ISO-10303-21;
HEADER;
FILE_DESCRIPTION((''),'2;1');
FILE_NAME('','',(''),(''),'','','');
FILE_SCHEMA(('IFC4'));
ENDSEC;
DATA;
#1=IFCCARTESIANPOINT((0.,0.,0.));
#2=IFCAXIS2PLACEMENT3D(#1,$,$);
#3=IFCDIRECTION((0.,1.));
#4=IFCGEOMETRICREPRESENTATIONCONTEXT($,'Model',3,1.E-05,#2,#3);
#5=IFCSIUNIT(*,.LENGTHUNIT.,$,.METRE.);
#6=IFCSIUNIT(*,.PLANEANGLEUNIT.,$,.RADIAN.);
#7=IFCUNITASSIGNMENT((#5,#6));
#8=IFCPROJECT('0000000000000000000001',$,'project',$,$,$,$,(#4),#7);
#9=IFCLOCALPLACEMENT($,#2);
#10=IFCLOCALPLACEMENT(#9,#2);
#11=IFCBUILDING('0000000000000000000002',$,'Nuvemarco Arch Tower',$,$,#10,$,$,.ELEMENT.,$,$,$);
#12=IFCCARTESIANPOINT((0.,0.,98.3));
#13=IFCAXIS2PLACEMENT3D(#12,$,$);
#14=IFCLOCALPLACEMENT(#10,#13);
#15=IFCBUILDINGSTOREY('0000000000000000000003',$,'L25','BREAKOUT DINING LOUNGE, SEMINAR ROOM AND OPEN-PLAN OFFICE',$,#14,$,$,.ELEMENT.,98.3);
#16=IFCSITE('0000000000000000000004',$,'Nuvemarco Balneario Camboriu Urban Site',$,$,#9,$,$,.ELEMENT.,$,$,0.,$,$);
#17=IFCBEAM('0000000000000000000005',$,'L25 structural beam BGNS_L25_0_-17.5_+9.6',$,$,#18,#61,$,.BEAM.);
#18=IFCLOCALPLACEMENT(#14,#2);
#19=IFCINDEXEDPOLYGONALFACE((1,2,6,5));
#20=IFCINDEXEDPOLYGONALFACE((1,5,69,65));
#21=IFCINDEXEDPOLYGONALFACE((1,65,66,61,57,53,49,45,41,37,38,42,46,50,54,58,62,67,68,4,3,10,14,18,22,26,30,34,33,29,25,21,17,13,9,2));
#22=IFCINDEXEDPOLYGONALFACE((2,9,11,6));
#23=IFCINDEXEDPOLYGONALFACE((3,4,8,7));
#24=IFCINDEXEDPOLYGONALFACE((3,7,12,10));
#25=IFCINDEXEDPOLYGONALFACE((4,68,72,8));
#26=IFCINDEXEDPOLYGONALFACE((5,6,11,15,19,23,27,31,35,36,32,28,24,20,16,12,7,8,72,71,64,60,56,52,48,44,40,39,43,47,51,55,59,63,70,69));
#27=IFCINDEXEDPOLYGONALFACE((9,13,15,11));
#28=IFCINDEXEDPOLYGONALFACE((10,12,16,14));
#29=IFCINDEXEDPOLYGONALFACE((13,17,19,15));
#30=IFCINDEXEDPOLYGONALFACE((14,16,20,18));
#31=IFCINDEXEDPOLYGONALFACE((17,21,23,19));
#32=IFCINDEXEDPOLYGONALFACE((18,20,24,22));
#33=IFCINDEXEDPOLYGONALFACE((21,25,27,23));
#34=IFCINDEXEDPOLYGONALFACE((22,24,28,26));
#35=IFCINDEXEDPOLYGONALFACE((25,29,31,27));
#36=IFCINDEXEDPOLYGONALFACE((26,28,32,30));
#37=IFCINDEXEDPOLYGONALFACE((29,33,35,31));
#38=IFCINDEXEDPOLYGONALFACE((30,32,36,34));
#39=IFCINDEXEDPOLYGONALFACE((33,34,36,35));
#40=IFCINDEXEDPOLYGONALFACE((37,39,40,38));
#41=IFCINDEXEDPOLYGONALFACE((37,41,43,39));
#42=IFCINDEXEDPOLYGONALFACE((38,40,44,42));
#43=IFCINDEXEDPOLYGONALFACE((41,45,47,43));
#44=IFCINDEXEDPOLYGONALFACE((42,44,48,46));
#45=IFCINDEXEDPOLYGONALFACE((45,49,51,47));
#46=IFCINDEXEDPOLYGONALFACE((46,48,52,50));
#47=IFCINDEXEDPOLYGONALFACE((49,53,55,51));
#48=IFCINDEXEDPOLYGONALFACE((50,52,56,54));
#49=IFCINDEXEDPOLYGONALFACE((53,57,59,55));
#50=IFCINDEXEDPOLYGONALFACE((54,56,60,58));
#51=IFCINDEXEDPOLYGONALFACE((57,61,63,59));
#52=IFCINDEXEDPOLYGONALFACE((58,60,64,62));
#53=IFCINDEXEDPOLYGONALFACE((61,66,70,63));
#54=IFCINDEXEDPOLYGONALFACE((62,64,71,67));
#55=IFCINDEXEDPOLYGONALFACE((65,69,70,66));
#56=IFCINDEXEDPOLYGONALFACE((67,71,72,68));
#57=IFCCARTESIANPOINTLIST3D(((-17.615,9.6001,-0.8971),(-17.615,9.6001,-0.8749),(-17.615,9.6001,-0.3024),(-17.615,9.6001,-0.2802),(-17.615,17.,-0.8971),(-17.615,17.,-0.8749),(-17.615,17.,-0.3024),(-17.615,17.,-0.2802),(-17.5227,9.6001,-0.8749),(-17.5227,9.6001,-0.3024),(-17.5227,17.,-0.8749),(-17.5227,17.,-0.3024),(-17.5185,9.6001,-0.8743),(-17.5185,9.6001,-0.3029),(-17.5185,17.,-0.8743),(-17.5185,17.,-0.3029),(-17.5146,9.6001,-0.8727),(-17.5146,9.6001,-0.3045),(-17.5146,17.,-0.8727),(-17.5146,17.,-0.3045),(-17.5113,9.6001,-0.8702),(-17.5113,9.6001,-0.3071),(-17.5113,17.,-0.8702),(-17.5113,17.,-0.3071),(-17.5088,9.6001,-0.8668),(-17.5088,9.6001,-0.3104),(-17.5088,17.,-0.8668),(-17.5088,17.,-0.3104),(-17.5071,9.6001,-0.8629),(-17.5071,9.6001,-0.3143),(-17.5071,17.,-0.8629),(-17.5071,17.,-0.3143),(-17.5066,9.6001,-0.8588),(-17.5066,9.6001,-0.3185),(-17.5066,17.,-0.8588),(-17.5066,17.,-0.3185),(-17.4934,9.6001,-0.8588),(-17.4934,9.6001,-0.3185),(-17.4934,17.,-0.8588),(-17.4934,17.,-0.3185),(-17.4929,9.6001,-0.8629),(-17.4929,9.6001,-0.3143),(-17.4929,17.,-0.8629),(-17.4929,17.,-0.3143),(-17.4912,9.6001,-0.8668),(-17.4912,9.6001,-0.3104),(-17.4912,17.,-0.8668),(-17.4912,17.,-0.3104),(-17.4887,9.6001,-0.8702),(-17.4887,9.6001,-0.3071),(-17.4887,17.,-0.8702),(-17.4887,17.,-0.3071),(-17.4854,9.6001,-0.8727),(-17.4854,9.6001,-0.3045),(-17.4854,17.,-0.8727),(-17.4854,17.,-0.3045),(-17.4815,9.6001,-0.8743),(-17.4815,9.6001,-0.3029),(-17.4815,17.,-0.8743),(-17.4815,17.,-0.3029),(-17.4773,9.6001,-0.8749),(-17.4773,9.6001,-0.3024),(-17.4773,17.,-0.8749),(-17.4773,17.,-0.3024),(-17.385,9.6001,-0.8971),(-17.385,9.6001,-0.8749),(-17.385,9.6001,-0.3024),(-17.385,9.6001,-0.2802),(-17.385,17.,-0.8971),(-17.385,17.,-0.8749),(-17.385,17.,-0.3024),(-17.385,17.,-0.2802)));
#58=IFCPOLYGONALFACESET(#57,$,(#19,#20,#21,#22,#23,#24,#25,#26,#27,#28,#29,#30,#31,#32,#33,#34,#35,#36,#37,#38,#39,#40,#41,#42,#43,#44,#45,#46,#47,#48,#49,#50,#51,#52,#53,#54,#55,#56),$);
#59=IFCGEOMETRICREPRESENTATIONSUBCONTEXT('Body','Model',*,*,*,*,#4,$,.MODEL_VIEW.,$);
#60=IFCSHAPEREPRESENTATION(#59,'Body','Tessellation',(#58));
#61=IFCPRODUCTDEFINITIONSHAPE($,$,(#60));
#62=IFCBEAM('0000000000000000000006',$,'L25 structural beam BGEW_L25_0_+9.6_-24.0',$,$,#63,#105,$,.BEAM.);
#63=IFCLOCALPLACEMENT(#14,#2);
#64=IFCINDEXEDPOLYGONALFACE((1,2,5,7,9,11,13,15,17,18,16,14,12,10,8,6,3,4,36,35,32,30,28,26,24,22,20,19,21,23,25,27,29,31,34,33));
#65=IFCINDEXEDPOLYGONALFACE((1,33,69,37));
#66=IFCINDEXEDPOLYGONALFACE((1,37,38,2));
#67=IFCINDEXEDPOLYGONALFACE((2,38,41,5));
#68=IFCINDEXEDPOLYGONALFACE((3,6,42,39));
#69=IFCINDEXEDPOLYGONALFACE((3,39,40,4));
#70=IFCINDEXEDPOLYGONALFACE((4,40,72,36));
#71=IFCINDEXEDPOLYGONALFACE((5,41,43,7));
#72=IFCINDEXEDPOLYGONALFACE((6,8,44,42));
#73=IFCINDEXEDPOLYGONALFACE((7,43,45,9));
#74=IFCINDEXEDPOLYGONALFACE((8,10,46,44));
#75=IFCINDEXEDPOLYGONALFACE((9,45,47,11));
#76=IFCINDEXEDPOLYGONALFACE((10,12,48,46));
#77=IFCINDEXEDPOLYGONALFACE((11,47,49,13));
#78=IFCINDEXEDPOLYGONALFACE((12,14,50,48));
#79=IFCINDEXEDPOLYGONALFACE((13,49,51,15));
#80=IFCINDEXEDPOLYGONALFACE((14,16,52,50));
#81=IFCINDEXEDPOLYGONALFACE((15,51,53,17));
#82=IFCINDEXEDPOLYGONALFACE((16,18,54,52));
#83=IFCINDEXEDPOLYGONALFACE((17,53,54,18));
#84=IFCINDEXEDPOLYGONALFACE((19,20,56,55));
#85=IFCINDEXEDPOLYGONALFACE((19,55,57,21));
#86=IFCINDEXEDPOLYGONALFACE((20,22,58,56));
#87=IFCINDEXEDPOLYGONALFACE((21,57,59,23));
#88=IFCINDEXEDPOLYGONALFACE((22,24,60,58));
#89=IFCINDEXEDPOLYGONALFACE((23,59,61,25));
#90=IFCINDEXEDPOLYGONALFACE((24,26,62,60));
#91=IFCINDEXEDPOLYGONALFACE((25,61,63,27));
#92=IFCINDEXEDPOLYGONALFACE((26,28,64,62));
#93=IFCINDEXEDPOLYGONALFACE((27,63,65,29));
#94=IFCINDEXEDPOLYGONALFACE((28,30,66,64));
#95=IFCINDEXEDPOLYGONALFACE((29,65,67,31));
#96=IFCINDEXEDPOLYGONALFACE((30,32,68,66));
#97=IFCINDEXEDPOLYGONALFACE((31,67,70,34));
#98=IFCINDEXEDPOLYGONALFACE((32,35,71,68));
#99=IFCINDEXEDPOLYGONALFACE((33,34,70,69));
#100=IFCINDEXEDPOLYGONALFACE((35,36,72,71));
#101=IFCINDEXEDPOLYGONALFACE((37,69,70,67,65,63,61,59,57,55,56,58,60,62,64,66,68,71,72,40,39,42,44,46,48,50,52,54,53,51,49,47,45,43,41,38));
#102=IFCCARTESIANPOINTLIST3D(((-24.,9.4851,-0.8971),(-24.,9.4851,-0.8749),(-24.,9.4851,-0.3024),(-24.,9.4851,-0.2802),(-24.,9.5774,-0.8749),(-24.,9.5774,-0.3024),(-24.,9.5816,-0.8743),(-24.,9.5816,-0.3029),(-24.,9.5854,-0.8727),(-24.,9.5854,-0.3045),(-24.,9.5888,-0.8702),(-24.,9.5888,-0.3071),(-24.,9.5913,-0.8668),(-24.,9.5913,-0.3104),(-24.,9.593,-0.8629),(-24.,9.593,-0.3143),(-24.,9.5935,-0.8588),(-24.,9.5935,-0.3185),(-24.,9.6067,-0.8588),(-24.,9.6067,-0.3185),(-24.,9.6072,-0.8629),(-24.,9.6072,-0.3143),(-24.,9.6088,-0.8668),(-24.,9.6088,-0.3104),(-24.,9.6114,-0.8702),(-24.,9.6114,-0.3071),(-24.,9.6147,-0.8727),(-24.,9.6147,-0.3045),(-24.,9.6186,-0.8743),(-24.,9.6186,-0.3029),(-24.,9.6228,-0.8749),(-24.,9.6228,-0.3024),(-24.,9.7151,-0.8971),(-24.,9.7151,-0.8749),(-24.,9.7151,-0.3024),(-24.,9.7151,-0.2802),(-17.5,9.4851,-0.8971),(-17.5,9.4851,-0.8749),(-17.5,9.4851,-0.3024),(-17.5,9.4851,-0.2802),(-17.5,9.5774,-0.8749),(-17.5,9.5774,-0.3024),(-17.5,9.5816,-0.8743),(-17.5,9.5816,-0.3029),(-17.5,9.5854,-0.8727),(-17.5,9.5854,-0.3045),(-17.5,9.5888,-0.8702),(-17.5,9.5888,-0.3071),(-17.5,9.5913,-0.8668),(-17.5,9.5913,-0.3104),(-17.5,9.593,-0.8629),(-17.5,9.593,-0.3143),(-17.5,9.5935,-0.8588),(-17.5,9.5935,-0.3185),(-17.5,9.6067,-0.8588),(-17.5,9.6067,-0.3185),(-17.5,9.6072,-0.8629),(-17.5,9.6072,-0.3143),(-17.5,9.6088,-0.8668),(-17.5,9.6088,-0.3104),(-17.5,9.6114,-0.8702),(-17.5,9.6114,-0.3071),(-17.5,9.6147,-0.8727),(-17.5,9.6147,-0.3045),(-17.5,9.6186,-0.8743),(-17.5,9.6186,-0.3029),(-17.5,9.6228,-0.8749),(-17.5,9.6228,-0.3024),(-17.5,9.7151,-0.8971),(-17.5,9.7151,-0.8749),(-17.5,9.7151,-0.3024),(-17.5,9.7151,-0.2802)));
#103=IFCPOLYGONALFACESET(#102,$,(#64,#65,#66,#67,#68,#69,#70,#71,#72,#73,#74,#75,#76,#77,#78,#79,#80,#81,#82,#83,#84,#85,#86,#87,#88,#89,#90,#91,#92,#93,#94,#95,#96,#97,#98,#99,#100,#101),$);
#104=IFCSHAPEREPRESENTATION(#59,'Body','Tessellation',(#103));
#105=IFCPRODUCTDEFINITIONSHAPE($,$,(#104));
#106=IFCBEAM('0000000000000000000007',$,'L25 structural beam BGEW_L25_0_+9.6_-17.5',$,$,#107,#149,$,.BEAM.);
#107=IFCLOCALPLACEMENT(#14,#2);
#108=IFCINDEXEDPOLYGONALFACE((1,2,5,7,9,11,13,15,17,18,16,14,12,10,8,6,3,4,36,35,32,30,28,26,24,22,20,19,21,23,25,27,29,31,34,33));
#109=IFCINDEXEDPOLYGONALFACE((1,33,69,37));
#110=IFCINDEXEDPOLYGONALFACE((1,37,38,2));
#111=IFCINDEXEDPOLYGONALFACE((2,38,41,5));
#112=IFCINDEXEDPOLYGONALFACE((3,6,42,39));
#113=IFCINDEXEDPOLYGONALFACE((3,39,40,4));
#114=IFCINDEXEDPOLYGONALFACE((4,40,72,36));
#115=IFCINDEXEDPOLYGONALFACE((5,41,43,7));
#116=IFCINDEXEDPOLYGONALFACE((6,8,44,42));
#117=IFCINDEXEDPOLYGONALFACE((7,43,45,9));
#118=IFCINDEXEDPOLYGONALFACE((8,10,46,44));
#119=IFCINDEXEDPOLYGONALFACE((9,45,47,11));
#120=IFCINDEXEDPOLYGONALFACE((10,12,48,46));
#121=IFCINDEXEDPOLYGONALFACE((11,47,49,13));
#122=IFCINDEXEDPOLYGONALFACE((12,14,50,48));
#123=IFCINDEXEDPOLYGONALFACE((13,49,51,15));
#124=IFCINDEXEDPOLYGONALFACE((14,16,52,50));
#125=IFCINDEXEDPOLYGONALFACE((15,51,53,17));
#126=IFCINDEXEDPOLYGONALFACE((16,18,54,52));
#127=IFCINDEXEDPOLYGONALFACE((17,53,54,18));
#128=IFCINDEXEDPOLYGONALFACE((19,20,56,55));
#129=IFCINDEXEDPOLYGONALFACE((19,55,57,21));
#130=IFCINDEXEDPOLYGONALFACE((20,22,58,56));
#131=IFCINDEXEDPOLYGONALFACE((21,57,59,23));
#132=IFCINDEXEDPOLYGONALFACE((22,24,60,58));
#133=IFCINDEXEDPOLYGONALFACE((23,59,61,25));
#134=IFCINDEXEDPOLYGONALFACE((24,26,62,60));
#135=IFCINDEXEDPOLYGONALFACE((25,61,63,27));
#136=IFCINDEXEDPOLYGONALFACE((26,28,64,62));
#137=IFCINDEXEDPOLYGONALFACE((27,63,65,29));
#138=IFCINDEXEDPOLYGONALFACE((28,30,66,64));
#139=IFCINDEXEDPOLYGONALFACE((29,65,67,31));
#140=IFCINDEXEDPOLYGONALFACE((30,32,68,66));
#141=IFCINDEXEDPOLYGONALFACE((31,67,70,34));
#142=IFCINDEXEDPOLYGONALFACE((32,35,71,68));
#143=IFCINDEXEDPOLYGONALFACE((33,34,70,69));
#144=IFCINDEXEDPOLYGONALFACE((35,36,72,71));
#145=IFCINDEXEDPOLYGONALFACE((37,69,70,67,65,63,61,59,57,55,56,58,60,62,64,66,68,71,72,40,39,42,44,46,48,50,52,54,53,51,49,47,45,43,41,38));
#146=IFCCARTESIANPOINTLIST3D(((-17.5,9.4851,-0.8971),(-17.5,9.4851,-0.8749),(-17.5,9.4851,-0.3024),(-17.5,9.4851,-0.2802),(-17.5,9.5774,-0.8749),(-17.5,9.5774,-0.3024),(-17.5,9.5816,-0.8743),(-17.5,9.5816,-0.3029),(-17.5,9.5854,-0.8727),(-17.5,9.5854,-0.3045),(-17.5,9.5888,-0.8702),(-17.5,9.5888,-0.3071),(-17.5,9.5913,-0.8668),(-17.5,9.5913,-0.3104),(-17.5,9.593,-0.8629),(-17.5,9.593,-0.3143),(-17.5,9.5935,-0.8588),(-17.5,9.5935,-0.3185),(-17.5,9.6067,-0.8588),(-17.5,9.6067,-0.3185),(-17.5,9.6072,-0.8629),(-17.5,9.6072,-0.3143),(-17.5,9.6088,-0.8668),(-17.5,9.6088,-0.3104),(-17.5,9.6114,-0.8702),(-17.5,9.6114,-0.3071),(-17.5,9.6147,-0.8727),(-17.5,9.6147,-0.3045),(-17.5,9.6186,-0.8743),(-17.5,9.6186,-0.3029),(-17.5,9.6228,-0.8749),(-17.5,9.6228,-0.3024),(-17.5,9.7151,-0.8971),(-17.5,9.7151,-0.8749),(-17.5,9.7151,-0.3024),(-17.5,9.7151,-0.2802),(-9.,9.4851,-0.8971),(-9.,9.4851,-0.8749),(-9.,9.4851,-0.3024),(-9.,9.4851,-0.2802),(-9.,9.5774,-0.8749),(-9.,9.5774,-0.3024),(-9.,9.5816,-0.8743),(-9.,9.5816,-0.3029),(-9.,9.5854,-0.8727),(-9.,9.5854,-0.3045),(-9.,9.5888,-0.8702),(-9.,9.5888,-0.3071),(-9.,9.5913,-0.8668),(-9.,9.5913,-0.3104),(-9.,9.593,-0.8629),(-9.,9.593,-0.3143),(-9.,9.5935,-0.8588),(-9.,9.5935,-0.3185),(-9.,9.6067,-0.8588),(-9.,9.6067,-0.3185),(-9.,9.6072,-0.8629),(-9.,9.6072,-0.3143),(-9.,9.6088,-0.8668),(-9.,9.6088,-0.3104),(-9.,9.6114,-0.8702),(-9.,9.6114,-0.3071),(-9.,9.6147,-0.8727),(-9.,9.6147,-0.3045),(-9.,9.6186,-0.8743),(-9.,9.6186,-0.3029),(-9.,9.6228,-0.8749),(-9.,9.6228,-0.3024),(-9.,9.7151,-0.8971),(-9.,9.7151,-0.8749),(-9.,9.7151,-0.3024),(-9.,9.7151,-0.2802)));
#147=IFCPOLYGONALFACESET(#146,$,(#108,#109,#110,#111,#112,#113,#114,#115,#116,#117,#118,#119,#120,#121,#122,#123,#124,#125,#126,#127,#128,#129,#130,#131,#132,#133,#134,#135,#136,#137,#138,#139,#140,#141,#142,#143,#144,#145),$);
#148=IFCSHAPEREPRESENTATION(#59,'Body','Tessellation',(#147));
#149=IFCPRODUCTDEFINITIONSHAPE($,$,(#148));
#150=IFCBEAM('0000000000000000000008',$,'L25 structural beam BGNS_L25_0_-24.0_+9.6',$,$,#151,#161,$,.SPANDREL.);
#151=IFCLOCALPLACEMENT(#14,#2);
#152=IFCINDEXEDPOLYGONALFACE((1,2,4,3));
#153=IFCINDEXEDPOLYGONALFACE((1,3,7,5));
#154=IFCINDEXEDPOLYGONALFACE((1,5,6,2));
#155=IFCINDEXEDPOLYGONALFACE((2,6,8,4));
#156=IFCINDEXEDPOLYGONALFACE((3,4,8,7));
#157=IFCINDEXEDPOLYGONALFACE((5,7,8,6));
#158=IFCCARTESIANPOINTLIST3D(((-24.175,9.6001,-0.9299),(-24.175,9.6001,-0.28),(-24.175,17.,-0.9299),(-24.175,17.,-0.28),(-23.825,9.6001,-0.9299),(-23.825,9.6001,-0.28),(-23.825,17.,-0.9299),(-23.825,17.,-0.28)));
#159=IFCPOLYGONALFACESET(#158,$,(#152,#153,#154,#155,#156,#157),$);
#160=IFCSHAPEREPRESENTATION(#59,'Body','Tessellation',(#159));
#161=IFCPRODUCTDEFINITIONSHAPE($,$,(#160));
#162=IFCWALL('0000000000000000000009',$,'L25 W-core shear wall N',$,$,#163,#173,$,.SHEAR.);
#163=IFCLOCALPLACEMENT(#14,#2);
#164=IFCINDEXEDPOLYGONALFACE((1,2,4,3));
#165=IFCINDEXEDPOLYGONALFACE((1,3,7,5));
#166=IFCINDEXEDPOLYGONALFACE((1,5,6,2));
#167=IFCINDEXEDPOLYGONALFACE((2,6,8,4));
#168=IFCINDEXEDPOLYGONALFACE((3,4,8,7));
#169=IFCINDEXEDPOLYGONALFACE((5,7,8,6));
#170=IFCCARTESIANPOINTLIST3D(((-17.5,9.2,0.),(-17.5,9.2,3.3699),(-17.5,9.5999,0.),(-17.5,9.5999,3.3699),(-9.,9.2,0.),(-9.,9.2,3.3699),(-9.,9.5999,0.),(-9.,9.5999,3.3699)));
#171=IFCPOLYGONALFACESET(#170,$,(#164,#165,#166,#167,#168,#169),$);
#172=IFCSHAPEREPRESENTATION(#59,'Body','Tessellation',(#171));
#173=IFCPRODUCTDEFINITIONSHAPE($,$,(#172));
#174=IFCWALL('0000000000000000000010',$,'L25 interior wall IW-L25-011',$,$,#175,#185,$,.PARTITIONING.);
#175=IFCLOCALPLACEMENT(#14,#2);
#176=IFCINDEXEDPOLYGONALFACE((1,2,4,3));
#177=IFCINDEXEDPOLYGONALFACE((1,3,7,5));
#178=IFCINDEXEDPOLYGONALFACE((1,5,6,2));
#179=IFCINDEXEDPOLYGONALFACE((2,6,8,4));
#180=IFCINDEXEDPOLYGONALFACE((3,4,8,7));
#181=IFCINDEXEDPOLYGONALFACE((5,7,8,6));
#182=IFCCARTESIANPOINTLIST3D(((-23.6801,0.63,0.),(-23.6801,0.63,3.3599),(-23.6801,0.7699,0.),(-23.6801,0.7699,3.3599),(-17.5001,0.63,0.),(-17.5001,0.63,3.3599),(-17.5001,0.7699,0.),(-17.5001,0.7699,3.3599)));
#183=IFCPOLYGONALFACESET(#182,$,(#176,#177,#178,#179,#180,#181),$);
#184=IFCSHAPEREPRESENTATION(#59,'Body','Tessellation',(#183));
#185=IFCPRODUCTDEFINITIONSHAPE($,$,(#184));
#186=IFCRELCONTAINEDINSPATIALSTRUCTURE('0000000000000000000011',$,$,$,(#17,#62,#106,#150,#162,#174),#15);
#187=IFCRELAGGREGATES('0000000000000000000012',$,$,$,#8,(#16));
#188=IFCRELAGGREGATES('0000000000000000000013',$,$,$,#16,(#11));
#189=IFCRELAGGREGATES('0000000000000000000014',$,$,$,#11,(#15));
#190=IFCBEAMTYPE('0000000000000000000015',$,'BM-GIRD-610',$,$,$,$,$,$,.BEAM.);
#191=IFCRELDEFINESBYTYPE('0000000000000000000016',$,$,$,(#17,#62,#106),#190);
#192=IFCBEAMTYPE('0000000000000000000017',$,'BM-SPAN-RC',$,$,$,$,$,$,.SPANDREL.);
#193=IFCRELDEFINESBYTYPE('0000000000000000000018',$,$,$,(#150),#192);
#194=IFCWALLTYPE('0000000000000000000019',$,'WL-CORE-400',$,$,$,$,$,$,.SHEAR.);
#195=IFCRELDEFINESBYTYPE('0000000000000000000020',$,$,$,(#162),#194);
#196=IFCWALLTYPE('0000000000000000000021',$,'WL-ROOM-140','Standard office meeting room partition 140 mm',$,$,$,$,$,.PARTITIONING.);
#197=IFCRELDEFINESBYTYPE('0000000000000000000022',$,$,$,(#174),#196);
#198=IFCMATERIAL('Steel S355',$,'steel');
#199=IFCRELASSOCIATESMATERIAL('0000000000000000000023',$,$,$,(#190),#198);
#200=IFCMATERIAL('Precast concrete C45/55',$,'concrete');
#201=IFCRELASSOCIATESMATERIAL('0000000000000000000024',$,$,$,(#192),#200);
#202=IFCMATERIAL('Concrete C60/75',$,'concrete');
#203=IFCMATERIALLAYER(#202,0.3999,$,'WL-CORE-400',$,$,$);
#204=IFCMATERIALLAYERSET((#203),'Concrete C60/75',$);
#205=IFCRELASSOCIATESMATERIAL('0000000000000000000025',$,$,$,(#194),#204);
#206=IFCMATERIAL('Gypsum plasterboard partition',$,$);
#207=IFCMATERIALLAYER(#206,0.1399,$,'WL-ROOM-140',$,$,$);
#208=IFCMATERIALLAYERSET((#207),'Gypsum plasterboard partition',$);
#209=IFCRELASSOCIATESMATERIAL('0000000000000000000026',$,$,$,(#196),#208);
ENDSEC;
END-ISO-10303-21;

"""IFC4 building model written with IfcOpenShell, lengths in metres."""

from ifc_helpers import new_model, si_unit, direction, frame, frame_2d, origin, origin_2d, place, context, subcontext, project, spatial, rectangle, i_section, extrude, material, layer, layer_set, material_profile, profile_set, type_object, element, save


model = new_model("IFC4")

# Units and contexts
model_context = context("Model", 3, precision=1e-05, world=origin(), true_north=direction((0.0, 1.0)))
body_context = subcontext(model_context, "Body", "Model", "MODEL_VIEW")
ifc_project = project(units=[si_unit("LENGTHUNIT", "METRE"), si_unit("PLANEANGLEUNIT", "RADIAN")], contexts=[model_context])

# Site, building, storey
site_placement = place(None, origin())
site = spatial("IfcSite", under=ifc_project, at=site_placement, Name="Nuvemarco Balneario Camboriu Urban Site", CompositionType="ELEMENT", RefElevation=0.0)
building_placement = place(site_placement, origin())
building = spatial("IfcBuilding", under=site, at=building_placement, Name="Nuvemarco Arch Tower", CompositionType="ELEMENT")
storey_placement = place(building_placement, frame((0.0, 0.0, 98.3)))
storey = spatial("IfcBuildingStorey", under=building, at=storey_placement, Name="L25", Description="BREAKOUT DINING LOUNGE, SEMINAR ROOM AND OPEN-PLAN OFFICE", CompositionType="ELEMENT", Elevation=98.3)

# Shared definitions
ifc_material_1 = material(Name="Concrete C60/75", Category="concrete")
ifc_material_2 = material(Name="Steel S355", Category="steel")

# Beams
ifc_material_profile_1 = material_profile(ifc_material_2, i_section(OverallWidth=0.23, OverallDepth=0.6169, WebThickness=0.0132, FlangeThickness=0.0222, FilletRadius=0.0161, at=origin_2d()), Name="W610x140")
ifc_profile_set_1 = profile_set([ifc_material_profile_1], Name="Steel S355")
beam_type_1 = type_object("IfcBeamType", Name="BM-GIRD-610", PredefinedType="BEAM", material=ifc_profile_set_1)
beam_1_placement = place(storey_placement, frame((-17.5, 9.6001, -0.5886), z_axis=(0.0, 1.0, 0.0), x_axis=(-1.0, 0.0, 0.0)))
element("IfcBeam", 1, at=beam_1_placement, inside=storey, type_object=beam_type_1, Name="L25 structural beam BGNS_L25_0_-17.5_+9.6", PredefinedType="BEAM", context=body_context, shape_type="SweptSolid", body=[
    extrude(i_section(OverallWidth=0.23, OverallDepth=0.6169, WebThickness=0.0132, FlangeThickness=0.0222, FilletRadius=0.0161, at=origin_2d()), origin(), (0.0, 0.0, 1.0), 7.3999),
])
beam_2_placement = place(storey_placement, frame((-24.0, 9.6001, -0.5886), z_axis=(1.0, 0.0, 0.0), x_axis=(0.0, 1.0, 0.0)))
element("IfcBeam", 2, at=beam_2_placement, inside=storey, type_object=beam_type_1, Name="L25 structural beam BGEW_L25_0_+9.6_-24.0", PredefinedType="BEAM", context=body_context, shape_type="SweptSolid", body=[
    extrude(i_section(OverallWidth=0.23, OverallDepth=0.6169, WebThickness=0.0132, FlangeThickness=0.0222, FilletRadius=0.0161, at=origin_2d()), origin(), (0.0, 0.0, 1.0), 6.5),
])
beam_3_placement = place(storey_placement, frame((-17.5, 9.6001, -0.5886), z_axis=(1.0, 0.0, 0.0), x_axis=(0.0, 1.0, 0.0)))
element("IfcBeam", 3, at=beam_3_placement, inside=storey, type_object=beam_type_1, Name="L25 structural beam BGEW_L25_0_+9.6_-17.5", PredefinedType="BEAM", context=body_context, shape_type="SweptSolid", body=[
    extrude(i_section(OverallWidth=0.23, OverallDepth=0.6169, WebThickness=0.0132, FlangeThickness=0.0222, FilletRadius=0.0161, at=origin_2d()), origin(), (0.0, 0.0, 1.0), 8.5),
])
ifc_material_3 = material(Name="Precast concrete C45/55", Category="concrete")
ifc_material_profile_2 = material_profile(ifc_material_3, rectangle(XDim=0.3501, YDim=0.6499, at=origin_2d()), Name="PC-SP-350x650")
ifc_profile_set_2 = profile_set([ifc_material_profile_2], Name="Precast concrete C45/55")
beam_type_2 = type_object("IfcBeamType", Name="BM-SPAN-RC", PredefinedType="SPANDREL", material=ifc_profile_set_2)
beam_4_placement = place(storey_placement, frame((-24.0, 9.6001, -0.605), z_axis=(0.0, 1.0, 0.0), x_axis=(-1.0, 0.0, 0.0)))
element("IfcBeam", 4, at=beam_4_placement, inside=storey, type_object=beam_type_2, Name="L25 structural beam BGNS_L25_0_-24.0_+9.6", PredefinedType="SPANDREL", context=body_context, shape_type="SweptSolid", body=[
    extrude(rectangle(XDim=0.3501, YDim=0.6499, at=origin_2d()), origin(), (0.0, 0.0, 1.0), 7.3999),
])

# Walls
ifc_layer_1 = layer(ifc_material_1, 0.3999, Name="WL-CORE-400")
ifc_layer_set_1 = layer_set([ifc_layer_1], Name="Concrete C60/75")
wall_type_1 = type_object("IfcWallType", Name="WL-CORE-400", PredefinedType="SHEAR", material=ifc_layer_set_1)
wall_1_placement = place(storey_placement, frame((-17.5, 9.3999, 0.0), z_axis=(0.0, 0.0, 1.0), x_axis=(1.0, 0.0, 0.0)))
element("IfcWall", 5, at=wall_1_placement, inside=storey, type_object=wall_type_1, Name="L25 W-core shear wall N", PredefinedType="SHEAR", context=body_context, shape_type="SweptSolid", body=[
    extrude(rectangle(XDim=8.5, YDim=0.3999, at=frame_2d((4.25, 0.0))), origin(), (0.0, 0.0, 1.0), 3.3699),
])
ifc_material_4 = material(Name="Gypsum plasterboard partition")
ifc_layer_2 = layer(ifc_material_4, 0.1399, Name="WL-ROOM-140")
ifc_layer_set_2 = layer_set([ifc_layer_2], Name="Gypsum plasterboard partition")
wall_type_2 = type_object("IfcWallType", Name="WL-ROOM-140", Description="Standard office meeting room partition 140 mm", PredefinedType="PARTITIONING", material=ifc_layer_set_2)
wall_2_placement = place(storey_placement, frame((-23.6799, 0.7, 0.0), z_axis=(0.0, 0.0, 1.0), x_axis=(1.0, 0.0, 0.0)))
element("IfcWall", 6, at=wall_2_placement, inside=storey, type_object=wall_type_2, Name="L25 interior wall IW-L25-011", PredefinedType="PARTITIONING", context=body_context, shape_type="SweptSolid", body=[
    extrude(rectangle(XDim=6.1799, YDim=0.1399, at=frame_2d((3.0898, 0.0))), origin(), (0.0, 0.0, 1.0), 3.3599),
])

save(model, "model.ifc")
